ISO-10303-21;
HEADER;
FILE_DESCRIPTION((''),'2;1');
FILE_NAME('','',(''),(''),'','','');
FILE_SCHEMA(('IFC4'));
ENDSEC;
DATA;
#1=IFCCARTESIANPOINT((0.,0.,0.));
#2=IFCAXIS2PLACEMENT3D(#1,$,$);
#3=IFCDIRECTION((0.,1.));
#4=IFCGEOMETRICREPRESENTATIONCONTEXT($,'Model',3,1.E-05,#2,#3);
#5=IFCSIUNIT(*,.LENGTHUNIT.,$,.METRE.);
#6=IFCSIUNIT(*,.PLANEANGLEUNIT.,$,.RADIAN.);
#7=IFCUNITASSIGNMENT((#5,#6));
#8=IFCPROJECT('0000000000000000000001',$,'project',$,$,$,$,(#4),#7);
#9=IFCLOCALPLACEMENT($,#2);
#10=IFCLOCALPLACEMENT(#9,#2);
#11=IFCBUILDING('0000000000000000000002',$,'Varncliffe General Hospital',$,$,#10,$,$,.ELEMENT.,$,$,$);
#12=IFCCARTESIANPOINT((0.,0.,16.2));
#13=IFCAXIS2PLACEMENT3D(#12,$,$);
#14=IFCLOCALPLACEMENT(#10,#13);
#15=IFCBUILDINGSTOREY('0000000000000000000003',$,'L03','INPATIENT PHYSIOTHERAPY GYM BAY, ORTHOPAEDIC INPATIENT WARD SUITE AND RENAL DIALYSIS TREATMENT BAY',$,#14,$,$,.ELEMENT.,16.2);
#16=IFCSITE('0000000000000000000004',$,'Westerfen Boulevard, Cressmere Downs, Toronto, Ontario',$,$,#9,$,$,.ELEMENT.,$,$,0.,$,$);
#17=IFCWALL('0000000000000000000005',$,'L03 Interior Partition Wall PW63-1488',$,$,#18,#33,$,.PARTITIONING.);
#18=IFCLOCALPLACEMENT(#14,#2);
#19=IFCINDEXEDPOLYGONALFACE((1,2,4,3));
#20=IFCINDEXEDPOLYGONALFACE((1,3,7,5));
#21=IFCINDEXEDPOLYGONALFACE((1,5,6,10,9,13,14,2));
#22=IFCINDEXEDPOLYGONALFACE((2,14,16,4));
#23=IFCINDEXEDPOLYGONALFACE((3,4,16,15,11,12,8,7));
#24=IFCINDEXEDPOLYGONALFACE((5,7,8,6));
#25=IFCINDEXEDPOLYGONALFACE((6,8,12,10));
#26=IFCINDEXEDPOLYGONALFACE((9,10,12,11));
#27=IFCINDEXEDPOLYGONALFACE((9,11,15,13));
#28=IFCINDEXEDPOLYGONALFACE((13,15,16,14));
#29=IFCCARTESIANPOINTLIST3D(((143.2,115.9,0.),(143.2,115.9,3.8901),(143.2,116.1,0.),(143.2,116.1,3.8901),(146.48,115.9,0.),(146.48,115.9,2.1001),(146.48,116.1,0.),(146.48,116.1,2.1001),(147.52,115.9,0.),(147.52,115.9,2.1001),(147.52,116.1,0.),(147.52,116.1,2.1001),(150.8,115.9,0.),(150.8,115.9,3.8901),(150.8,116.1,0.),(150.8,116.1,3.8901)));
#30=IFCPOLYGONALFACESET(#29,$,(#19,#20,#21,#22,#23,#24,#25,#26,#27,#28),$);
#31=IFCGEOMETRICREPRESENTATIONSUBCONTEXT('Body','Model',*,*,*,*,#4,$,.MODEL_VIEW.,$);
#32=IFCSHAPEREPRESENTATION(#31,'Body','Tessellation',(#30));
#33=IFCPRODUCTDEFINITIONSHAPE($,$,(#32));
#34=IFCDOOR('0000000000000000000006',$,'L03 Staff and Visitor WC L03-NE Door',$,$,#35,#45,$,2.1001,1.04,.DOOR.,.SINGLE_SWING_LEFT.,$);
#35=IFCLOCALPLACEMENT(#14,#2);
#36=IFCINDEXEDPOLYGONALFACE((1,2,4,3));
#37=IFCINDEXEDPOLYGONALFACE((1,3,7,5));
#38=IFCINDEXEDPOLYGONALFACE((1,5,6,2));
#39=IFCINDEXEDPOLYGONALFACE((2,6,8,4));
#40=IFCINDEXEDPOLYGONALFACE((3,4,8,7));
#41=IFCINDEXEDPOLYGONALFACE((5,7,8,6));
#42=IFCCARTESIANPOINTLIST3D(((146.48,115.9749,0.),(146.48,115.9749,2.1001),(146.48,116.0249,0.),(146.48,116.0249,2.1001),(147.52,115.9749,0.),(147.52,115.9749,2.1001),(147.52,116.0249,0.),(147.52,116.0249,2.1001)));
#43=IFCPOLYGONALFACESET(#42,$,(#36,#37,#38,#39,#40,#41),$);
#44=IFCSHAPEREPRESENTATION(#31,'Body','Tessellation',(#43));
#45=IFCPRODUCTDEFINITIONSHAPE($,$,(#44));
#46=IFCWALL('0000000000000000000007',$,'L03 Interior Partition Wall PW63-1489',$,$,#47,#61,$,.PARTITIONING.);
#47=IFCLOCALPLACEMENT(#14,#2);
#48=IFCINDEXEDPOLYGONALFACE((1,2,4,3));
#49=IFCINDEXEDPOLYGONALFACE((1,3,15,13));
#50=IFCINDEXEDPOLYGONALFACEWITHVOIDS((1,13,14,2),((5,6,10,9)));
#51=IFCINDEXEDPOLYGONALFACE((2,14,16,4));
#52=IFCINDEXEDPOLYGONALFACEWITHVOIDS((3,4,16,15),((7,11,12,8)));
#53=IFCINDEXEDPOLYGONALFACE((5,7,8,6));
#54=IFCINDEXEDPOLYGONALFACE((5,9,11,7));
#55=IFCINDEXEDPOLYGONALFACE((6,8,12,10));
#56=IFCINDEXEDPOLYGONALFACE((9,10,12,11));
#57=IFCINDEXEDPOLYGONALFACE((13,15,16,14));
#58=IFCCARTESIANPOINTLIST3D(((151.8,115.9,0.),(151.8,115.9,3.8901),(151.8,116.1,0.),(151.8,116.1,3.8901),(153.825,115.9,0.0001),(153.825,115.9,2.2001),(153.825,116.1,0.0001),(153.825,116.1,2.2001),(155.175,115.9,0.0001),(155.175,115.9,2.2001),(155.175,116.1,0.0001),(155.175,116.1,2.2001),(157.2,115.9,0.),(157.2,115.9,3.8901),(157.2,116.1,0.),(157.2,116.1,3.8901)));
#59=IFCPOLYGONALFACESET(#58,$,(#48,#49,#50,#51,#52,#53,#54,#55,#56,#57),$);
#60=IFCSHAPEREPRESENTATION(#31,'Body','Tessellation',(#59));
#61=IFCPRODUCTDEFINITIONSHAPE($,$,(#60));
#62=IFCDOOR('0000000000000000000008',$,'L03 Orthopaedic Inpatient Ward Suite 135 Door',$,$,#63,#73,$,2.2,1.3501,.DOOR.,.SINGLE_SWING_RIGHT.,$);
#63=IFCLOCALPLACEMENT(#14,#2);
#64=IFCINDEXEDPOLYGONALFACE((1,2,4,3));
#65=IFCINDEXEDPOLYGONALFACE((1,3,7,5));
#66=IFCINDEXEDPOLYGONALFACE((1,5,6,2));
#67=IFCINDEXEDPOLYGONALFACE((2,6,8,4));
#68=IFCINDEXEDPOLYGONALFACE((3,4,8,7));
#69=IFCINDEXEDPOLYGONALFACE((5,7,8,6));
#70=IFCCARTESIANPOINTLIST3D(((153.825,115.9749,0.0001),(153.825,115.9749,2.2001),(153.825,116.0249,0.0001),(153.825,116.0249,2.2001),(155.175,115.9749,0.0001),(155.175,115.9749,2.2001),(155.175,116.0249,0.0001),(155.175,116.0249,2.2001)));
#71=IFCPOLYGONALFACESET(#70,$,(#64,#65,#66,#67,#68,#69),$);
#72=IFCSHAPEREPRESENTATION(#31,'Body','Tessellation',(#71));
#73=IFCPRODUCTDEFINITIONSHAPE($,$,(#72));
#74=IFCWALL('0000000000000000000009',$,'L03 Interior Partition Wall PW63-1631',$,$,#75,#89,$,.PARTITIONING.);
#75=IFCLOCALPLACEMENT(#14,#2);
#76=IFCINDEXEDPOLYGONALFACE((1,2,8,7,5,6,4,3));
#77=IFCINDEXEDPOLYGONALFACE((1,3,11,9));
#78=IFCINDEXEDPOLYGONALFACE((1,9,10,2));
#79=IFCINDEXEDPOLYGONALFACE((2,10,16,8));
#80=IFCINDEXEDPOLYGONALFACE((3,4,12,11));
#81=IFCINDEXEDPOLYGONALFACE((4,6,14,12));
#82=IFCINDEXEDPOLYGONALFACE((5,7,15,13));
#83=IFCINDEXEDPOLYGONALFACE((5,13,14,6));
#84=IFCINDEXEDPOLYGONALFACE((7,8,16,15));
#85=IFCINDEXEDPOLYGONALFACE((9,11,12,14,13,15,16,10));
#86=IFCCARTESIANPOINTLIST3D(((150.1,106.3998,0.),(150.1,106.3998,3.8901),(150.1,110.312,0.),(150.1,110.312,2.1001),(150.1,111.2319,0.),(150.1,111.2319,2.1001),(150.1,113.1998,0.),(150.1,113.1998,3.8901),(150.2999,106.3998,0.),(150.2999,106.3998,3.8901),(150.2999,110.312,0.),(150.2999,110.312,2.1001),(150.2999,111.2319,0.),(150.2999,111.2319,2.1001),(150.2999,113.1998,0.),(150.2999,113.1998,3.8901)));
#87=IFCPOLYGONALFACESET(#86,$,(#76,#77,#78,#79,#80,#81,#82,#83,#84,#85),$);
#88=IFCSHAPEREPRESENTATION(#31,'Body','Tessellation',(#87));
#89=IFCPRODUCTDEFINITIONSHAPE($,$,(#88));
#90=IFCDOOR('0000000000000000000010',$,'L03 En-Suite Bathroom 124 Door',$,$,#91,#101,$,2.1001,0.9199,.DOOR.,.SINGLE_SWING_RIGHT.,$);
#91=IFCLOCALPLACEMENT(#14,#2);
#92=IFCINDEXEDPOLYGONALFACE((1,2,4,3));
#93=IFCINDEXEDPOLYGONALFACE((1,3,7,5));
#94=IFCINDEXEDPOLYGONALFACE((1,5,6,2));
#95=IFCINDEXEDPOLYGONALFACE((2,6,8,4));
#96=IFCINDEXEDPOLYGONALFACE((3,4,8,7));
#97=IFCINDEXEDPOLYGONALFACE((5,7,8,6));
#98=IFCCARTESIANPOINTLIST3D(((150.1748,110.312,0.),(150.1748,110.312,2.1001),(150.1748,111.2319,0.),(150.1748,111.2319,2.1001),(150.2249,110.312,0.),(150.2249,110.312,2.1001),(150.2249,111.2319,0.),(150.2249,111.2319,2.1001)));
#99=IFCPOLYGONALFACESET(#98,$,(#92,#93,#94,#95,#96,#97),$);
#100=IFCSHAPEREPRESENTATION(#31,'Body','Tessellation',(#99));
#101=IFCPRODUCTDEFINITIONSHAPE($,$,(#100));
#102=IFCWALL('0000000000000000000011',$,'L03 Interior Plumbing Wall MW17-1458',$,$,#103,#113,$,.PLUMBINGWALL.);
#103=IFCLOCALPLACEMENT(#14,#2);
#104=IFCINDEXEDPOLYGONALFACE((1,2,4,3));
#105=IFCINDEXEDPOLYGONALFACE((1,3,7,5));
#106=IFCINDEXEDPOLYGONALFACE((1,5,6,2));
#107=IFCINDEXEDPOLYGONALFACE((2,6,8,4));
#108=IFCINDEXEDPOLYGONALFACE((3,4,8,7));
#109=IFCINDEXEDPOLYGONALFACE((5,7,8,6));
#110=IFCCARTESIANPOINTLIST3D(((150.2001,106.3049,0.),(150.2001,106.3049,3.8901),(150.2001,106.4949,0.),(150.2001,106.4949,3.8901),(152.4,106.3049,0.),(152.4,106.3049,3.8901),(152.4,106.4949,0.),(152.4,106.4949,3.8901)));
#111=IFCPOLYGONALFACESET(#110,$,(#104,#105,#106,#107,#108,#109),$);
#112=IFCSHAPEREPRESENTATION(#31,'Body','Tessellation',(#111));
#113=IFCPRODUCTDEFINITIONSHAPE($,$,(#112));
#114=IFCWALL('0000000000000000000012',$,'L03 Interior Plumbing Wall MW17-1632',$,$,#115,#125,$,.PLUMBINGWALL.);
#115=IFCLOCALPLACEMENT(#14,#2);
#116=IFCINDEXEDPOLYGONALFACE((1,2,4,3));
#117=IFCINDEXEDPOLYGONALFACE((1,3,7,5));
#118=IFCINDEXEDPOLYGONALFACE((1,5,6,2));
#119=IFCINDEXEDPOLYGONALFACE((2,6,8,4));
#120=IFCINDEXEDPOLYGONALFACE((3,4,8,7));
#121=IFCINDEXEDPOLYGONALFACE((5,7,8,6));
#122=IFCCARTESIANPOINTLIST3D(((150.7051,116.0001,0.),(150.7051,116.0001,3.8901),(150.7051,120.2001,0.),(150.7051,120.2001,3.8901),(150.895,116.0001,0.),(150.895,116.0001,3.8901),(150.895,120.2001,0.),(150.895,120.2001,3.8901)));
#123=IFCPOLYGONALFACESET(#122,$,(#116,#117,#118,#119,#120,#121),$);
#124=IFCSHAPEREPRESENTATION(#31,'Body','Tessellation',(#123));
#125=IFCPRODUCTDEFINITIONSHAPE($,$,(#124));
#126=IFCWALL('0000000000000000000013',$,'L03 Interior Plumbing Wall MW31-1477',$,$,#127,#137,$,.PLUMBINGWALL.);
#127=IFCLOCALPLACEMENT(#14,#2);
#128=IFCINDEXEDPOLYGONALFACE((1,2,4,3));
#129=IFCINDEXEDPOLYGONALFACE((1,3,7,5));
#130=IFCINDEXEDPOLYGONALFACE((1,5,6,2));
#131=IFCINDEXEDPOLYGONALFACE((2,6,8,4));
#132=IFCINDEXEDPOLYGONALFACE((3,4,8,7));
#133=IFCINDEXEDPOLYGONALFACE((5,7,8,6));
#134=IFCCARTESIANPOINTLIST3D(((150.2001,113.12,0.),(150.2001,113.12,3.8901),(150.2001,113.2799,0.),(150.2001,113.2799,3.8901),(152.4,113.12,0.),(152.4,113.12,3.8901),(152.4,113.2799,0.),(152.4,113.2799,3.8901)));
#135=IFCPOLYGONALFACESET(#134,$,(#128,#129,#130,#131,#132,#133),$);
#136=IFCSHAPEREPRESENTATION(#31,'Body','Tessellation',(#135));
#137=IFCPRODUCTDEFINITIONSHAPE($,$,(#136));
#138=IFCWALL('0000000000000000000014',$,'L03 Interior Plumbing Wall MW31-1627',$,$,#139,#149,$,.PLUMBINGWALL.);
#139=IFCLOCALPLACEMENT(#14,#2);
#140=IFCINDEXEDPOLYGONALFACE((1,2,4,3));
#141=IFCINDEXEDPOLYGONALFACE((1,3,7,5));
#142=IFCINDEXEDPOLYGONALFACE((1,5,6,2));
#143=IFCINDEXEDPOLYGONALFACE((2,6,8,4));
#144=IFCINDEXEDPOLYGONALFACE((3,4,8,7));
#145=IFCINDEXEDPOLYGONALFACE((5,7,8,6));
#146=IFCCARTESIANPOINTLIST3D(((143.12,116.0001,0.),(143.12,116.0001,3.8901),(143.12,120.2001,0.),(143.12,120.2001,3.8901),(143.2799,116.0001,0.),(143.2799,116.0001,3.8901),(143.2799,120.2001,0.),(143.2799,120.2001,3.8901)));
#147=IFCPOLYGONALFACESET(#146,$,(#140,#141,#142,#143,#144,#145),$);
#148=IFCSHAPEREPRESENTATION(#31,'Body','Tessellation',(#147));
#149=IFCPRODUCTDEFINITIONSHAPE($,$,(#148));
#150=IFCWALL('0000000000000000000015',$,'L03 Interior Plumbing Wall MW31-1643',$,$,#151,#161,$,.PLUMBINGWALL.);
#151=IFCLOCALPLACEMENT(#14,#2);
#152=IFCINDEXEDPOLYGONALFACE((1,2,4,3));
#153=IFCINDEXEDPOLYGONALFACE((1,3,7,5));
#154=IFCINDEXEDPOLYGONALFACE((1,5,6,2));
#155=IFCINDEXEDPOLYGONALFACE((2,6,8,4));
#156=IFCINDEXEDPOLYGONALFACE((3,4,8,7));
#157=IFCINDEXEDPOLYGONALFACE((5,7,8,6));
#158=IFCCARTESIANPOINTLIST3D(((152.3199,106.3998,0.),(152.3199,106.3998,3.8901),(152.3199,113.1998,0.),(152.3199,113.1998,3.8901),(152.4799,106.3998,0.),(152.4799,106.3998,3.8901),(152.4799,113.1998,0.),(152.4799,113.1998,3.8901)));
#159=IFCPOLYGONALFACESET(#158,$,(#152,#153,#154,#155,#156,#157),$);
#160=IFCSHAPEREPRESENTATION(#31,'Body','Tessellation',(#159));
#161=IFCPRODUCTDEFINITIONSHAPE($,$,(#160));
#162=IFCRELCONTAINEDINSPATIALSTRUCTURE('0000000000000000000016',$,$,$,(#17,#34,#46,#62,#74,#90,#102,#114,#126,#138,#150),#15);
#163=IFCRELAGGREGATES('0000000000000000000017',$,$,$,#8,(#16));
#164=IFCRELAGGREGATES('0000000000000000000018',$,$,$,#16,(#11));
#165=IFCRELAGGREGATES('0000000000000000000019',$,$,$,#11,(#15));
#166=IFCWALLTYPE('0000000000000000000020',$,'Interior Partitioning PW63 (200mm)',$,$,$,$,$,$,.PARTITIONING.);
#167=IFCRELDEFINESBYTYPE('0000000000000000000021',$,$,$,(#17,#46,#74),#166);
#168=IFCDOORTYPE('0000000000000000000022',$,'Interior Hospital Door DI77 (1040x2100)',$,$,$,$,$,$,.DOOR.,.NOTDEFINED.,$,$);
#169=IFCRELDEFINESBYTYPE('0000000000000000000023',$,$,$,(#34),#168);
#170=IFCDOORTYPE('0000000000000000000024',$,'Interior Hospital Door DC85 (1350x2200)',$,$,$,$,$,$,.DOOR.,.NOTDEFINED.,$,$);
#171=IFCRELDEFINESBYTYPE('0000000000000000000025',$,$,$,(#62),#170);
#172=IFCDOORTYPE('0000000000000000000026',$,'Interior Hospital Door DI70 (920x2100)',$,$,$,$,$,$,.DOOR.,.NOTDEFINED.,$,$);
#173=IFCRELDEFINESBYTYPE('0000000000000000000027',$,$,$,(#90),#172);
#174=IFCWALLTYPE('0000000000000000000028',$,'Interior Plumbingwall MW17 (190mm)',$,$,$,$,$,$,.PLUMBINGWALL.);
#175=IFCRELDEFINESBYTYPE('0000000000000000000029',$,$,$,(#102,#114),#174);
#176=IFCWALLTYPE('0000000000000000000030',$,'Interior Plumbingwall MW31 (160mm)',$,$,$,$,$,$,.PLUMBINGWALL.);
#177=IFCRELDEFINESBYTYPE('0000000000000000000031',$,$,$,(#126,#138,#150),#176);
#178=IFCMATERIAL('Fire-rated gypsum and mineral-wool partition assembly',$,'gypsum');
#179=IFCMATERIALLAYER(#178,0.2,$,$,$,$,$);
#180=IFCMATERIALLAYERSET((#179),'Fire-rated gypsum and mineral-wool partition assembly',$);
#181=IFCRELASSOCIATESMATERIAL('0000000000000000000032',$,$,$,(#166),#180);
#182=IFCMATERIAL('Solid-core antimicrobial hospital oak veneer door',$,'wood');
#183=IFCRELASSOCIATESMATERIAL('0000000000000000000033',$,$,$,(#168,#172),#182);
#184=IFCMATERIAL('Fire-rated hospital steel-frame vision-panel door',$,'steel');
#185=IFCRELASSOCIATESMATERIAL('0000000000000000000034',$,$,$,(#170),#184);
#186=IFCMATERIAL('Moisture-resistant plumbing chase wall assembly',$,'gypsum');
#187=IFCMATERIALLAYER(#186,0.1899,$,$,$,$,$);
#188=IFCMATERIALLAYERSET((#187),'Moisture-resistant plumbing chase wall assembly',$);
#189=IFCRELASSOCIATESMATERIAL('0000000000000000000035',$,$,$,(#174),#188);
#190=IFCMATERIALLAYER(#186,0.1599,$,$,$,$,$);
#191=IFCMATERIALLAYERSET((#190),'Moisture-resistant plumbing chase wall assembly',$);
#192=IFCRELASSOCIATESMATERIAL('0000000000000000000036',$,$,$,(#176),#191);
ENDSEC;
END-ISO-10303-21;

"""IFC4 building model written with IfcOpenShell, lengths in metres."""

from ifc_helpers import new_model, si_unit, direction, frame, frame_2d, origin, place, context, subcontext, project, spatial, rectangle, extrude, material, layer, layer_set, type_object, element, fill, save


model = new_model("IFC4")

# Units and contexts
model_context = context("Model", 3, precision=1e-05, world=origin(), true_north=direction((0.0, 1.0)))
body_context = subcontext(model_context, "Body", "Model", "MODEL_VIEW")
ifc_project = project(units=[si_unit("LENGTHUNIT", "METRE"), si_unit("PLANEANGLEUNIT", "RADIAN")], contexts=[model_context])

# Site, building, storey
site_placement = place(None, origin())
site = spatial("IfcSite", under=ifc_project, at=site_placement, Name="Westerfen Boulevard, Cressmere Downs, Toronto, Ontario", CompositionType="ELEMENT", RefElevation=0.0)
building_placement = place(site_placement, origin())
building = spatial("IfcBuilding", under=site, at=building_placement, Name="Varncliffe General Hospital", CompositionType="ELEMENT")
storey_placement = place(building_placement, frame((0.0, 0.0, 16.2)))
storey = spatial("IfcBuildingStorey", under=building, at=storey_placement, Name="L03", Description="INPATIENT PHYSIOTHERAPY GYM BAY, ORTHOPAEDIC INPATIENT WARD SUITE AND RENAL DIALYSIS TREATMENT BAY", CompositionType="ELEMENT", Elevation=16.2)

# Walls, openings, doors
ifc_material_1 = material(Name="Fire-rated gypsum and mineral-wool partition assembly", Category="gypsum")
ifc_layer_1 = layer(ifc_material_1, 0.2)
ifc_layer_set_1 = layer_set([ifc_layer_1], Name="Fire-rated gypsum and mineral-wool partition assembly")
wall_type_1 = type_object("IfcWallType", Name="Interior Partitioning PW63 (200mm)", PredefinedType="PARTITIONING", material=ifc_layer_set_1)
ifc_material_2 = material(Name="Fire-rated hospital steel-frame vision-panel door", Category="steel")
wall_1_placement = place(storey_placement, frame((143.2, 116.0, 0.0), z_axis=(0.0, 0.0, 1.0), x_axis=(1.0, 0.0, 0.0)))
wall_1 = element("IfcWall", 1, at=wall_1_placement, inside=storey, type_object=wall_type_1, Name="L03 Interior Partition Wall PW63-1488", PredefinedType="PARTITIONING", context=body_context, shape_type="SweptSolid", body=[
    extrude(rectangle(XDim=7.6001, YDim=0.2, at=frame_2d((3.8, 0.0))), origin(), (0.0, 0.0, 1.0), 3.8901),
])
opening_1_placement = place(wall_1_placement, frame((3.28, 0.0, 0.0)))
opening_1 = element("IfcOpeningElement", 2, at=opening_1_placement, cuts=wall_1, PredefinedType="OPENING", context=body_context, shape_type="SweptSolid", body=[
    extrude(rectangle(XDim=1.04, YDim=2.1001, at=frame_2d((0.52, 1.05))), frame((0.0, 0.1099, 0.0), z_axis=(0.0, -1.0, 0.0), x_axis=(1.0, 0.0, 0.0)), (0.0, 0.0, 1.0), 0.22),
])
ifc_material_3 = material(Name="Solid-core antimicrobial hospital oak veneer door", Category="wood")
door_type_1 = type_object("IfcDoorType", Name="Interior Hospital Door DI77 (1040x2100)", OperationType="NOTDEFINED", PredefinedType="DOOR", material=ifc_material_3)
door_1_placement = place(opening_1_placement, origin())
door_1 = element("IfcDoor", 3, at=door_1_placement, inside=storey, type_object=door_type_1, Name="L03 Staff and Visitor WC L03-NE Door", OperationType="SINGLE_SWING_LEFT", OverallHeight=2.1001, OverallWidth=1.04, PredefinedType="DOOR", context=body_context, shape_type="SweptSolid", body=[
    extrude(rectangle(XDim=1.04, YDim=2.1001, at=frame_2d((0.52, 1.05))), frame((0.0, 0.0249, 0.0), z_axis=(0.0, -1.0, 0.0), x_axis=(1.0, 0.0, 0.0)), (0.0, 0.0, 1.0), 0.05),
])
fill(opening_1, door_1)
wall_2_placement = place(storey_placement, frame((151.8, 116.0, 0.0), z_axis=(0.0, 0.0, 1.0), x_axis=(1.0, 0.0, 0.0)))
wall_2 = element("IfcWall", 4, at=wall_2_placement, inside=storey, type_object=wall_type_1, Name="L03 Interior Partition Wall PW63-1489", PredefinedType="PARTITIONING", context=body_context, shape_type="SweptSolid", body=[
    extrude(rectangle(XDim=5.3999, YDim=0.2, at=frame_2d((2.7, 0.0))), origin(), (0.0, 0.0, 1.0), 3.8901),
])
opening_2_placement = place(wall_2_placement, frame((2.0249, 0.0, 0.0)))
opening_2 = element("IfcOpeningElement", 5, at=opening_2_placement, cuts=wall_2, PredefinedType="OPENING", context=body_context, shape_type="SweptSolid", body=[
    extrude(rectangle(XDim=1.3501, YDim=2.2, at=frame_2d((0.675, 1.1001))), frame((0.0, 0.1099, 0.0), z_axis=(0.0, -1.0, 0.0), x_axis=(1.0, 0.0, 0.0)), (0.0, 0.0, 1.0), 0.22),
])
door_type_2 = type_object("IfcDoorType", Name="Interior Hospital Door DC85 (1350x2200)", OperationType="NOTDEFINED", PredefinedType="DOOR", material=ifc_material_2)
door_2_placement = place(opening_2_placement, origin())
door_2 = element("IfcDoor", 6, at=door_2_placement, inside=storey, type_object=door_type_2, Name="L03 Orthopaedic Inpatient Ward Suite 135 Door", OperationType="SINGLE_SWING_RIGHT", OverallHeight=2.2, OverallWidth=1.3501, PredefinedType="DOOR", context=body_context, shape_type="SweptSolid", body=[
    extrude(rectangle(XDim=1.3501, YDim=2.2, at=frame_2d((0.675, 1.1001))), frame((0.0, 0.0249, 0.0), z_axis=(0.0, -1.0, 0.0), x_axis=(1.0, 0.0, 0.0)), (0.0, 0.0, 1.0), 0.05),
])
fill(opening_2, door_2)
wall_3_placement = place(storey_placement, frame((150.2, 106.3999, 0.0), z_axis=(0.0, 0.0, 1.0), x_axis=(0.0, 1.0, 0.0)))
wall_3 = element("IfcWall", 7, at=wall_3_placement, inside=storey, type_object=wall_type_1, Name="L03 Interior Partition Wall PW63-1631", PredefinedType="PARTITIONING", context=body_context, shape_type="SweptSolid", body=[
    extrude(rectangle(XDim=6.8, YDim=0.2, at=frame_2d((3.3999, 0.0))), origin(), (0.0, 0.0, 1.0), 3.8901),
])
opening_3_placement = place(wall_3_placement, frame((3.9121, 0.0, 0.0)))
opening_3 = element("IfcOpeningElement", 8, at=opening_3_placement, cuts=wall_3, PredefinedType="OPENING", context=body_context, shape_type="SweptSolid", body=[
    extrude(rectangle(XDim=0.9199, YDim=2.1001, at=frame_2d((0.46, 1.05))), frame((0.0, 0.1099, 0.0), z_axis=(0.0, -1.0, 0.0), x_axis=(1.0, 0.0, 0.0)), (0.0, 0.0, 1.0), 0.22),
])
door_type_3 = type_object("IfcDoorType", Name="Interior Hospital Door DI70 (920x2100)", OperationType="NOTDEFINED", PredefinedType="DOOR", material=ifc_material_3)
door_3_placement = place(opening_3_placement, frame((0.9199, 0.0, 0.0), z_axis=(0.0, 0.0, 1.0), x_axis=(-1.0, 0.0, 0.0)))
door_3 = element("IfcDoor", 9, at=door_3_placement, inside=storey, type_object=door_type_3, Name="L03 En-Suite Bathroom 124 Door", OperationType="SINGLE_SWING_RIGHT", OverallHeight=2.1001, OverallWidth=0.9199, PredefinedType="DOOR", context=body_context, shape_type="SweptSolid", body=[
    extrude(rectangle(XDim=0.9199, YDim=2.1001, at=frame_2d((0.46, 1.05))), frame((0.0, 0.0249, 0.0), z_axis=(0.0, -1.0, 0.0), x_axis=(1.0, 0.0, 0.0)), (0.0, 0.0, 1.0), 0.05),
])
fill(opening_3, door_3)

# Walls
ifc_material_4 = material(Name="Moisture-resistant plumbing chase wall assembly", Category="gypsum")
ifc_layer_2 = layer(ifc_material_4, 0.1899)
ifc_layer_set_2 = layer_set([ifc_layer_2], Name="Moisture-resistant plumbing chase wall assembly")
wall_type_2 = type_object("IfcWallType", Name="Interior Plumbingwall MW17 (190mm)", PredefinedType="PLUMBINGWALL", material=ifc_layer_set_2)
wall_4_placement = place(storey_placement, frame((150.2, 106.3999, 0.0), z_axis=(0.0, 0.0, 1.0), x_axis=(1.0, 0.0, 0.0)))
element("IfcWall", 10, at=wall_4_placement, inside=storey, type_object=wall_type_2, Name="L03 Interior Plumbing Wall MW17-1458", PredefinedType="PLUMBINGWALL", context=body_context, shape_type="SweptSolid", body=[
    extrude(rectangle(XDim=2.2, YDim=0.1899, at=frame_2d((1.1001, 0.0))), origin(), (0.0, 0.0, 1.0), 3.8901),
])
wall_5_placement = place(storey_placement, frame((150.8, 116.0, 0.0), z_axis=(0.0, 0.0, 1.0), x_axis=(0.0, 1.0, 0.0)))
element("IfcWall", 11, at=wall_5_placement, inside=storey, type_object=wall_type_2, Name="L03 Interior Plumbing Wall MW17-1632", PredefinedType="PLUMBINGWALL", context=body_context, shape_type="SweptSolid", body=[
    extrude(rectangle(XDim=4.2, YDim=0.1899, at=frame_2d((2.1001, 0.0))), origin(), (0.0, 0.0, 1.0), 3.8901),
])
ifc_layer_3 = layer(ifc_material_4, 0.1599)
ifc_layer_set_3 = layer_set([ifc_layer_3], Name="Moisture-resistant plumbing chase wall assembly")
wall_type_3 = type_object("IfcWallType", Name="Interior Plumbingwall MW31 (160mm)", PredefinedType="PLUMBINGWALL", material=ifc_layer_set_3)
wall_6_placement = place(storey_placement, frame((150.2, 113.2, 0.0), z_axis=(0.0, 0.0, 1.0), x_axis=(1.0, 0.0, 0.0)))
element("IfcWall", 12, at=wall_6_placement, inside=storey, type_object=wall_type_3, Name="L03 Interior Plumbing Wall MW31-1477", PredefinedType="PLUMBINGWALL", context=body_context, shape_type="SweptSolid", body=[
    extrude(rectangle(XDim=2.2, YDim=0.1599, at=frame_2d((1.1001, 0.0))), origin(), (0.0, 0.0, 1.0), 3.8901),
])
wall_7_placement = place(storey_placement, frame((143.2, 116.0, 0.0), z_axis=(0.0, 0.0, 1.0), x_axis=(0.0, 1.0, 0.0)))
element("IfcWall", 13, at=wall_7_placement, inside=storey, type_object=wall_type_3, Name="L03 Interior Plumbing Wall MW31-1627", PredefinedType="PLUMBINGWALL", context=body_context, shape_type="SweptSolid", body=[
    extrude(rectangle(XDim=4.2, YDim=0.1599, at=frame_2d((2.1001, 0.0))), origin(), (0.0, 0.0, 1.0), 3.8901),
])
wall_8_placement = place(storey_placement, frame((152.3999, 106.3999, 0.0), z_axis=(0.0, 0.0, 1.0), x_axis=(0.0, 1.0, 0.0)))
element("IfcWall", 14, at=wall_8_placement, inside=storey, type_object=wall_type_3, Name="L03 Interior Plumbing Wall MW31-1643", PredefinedType="PLUMBINGWALL", context=body_context, shape_type="SweptSolid", body=[
    extrude(rectangle(XDim=6.8, YDim=0.1599, at=frame_2d((3.3999, 0.0))), origin(), (0.0, 0.0, 1.0), 3.8901),
])

save(model, "model.ifc")
